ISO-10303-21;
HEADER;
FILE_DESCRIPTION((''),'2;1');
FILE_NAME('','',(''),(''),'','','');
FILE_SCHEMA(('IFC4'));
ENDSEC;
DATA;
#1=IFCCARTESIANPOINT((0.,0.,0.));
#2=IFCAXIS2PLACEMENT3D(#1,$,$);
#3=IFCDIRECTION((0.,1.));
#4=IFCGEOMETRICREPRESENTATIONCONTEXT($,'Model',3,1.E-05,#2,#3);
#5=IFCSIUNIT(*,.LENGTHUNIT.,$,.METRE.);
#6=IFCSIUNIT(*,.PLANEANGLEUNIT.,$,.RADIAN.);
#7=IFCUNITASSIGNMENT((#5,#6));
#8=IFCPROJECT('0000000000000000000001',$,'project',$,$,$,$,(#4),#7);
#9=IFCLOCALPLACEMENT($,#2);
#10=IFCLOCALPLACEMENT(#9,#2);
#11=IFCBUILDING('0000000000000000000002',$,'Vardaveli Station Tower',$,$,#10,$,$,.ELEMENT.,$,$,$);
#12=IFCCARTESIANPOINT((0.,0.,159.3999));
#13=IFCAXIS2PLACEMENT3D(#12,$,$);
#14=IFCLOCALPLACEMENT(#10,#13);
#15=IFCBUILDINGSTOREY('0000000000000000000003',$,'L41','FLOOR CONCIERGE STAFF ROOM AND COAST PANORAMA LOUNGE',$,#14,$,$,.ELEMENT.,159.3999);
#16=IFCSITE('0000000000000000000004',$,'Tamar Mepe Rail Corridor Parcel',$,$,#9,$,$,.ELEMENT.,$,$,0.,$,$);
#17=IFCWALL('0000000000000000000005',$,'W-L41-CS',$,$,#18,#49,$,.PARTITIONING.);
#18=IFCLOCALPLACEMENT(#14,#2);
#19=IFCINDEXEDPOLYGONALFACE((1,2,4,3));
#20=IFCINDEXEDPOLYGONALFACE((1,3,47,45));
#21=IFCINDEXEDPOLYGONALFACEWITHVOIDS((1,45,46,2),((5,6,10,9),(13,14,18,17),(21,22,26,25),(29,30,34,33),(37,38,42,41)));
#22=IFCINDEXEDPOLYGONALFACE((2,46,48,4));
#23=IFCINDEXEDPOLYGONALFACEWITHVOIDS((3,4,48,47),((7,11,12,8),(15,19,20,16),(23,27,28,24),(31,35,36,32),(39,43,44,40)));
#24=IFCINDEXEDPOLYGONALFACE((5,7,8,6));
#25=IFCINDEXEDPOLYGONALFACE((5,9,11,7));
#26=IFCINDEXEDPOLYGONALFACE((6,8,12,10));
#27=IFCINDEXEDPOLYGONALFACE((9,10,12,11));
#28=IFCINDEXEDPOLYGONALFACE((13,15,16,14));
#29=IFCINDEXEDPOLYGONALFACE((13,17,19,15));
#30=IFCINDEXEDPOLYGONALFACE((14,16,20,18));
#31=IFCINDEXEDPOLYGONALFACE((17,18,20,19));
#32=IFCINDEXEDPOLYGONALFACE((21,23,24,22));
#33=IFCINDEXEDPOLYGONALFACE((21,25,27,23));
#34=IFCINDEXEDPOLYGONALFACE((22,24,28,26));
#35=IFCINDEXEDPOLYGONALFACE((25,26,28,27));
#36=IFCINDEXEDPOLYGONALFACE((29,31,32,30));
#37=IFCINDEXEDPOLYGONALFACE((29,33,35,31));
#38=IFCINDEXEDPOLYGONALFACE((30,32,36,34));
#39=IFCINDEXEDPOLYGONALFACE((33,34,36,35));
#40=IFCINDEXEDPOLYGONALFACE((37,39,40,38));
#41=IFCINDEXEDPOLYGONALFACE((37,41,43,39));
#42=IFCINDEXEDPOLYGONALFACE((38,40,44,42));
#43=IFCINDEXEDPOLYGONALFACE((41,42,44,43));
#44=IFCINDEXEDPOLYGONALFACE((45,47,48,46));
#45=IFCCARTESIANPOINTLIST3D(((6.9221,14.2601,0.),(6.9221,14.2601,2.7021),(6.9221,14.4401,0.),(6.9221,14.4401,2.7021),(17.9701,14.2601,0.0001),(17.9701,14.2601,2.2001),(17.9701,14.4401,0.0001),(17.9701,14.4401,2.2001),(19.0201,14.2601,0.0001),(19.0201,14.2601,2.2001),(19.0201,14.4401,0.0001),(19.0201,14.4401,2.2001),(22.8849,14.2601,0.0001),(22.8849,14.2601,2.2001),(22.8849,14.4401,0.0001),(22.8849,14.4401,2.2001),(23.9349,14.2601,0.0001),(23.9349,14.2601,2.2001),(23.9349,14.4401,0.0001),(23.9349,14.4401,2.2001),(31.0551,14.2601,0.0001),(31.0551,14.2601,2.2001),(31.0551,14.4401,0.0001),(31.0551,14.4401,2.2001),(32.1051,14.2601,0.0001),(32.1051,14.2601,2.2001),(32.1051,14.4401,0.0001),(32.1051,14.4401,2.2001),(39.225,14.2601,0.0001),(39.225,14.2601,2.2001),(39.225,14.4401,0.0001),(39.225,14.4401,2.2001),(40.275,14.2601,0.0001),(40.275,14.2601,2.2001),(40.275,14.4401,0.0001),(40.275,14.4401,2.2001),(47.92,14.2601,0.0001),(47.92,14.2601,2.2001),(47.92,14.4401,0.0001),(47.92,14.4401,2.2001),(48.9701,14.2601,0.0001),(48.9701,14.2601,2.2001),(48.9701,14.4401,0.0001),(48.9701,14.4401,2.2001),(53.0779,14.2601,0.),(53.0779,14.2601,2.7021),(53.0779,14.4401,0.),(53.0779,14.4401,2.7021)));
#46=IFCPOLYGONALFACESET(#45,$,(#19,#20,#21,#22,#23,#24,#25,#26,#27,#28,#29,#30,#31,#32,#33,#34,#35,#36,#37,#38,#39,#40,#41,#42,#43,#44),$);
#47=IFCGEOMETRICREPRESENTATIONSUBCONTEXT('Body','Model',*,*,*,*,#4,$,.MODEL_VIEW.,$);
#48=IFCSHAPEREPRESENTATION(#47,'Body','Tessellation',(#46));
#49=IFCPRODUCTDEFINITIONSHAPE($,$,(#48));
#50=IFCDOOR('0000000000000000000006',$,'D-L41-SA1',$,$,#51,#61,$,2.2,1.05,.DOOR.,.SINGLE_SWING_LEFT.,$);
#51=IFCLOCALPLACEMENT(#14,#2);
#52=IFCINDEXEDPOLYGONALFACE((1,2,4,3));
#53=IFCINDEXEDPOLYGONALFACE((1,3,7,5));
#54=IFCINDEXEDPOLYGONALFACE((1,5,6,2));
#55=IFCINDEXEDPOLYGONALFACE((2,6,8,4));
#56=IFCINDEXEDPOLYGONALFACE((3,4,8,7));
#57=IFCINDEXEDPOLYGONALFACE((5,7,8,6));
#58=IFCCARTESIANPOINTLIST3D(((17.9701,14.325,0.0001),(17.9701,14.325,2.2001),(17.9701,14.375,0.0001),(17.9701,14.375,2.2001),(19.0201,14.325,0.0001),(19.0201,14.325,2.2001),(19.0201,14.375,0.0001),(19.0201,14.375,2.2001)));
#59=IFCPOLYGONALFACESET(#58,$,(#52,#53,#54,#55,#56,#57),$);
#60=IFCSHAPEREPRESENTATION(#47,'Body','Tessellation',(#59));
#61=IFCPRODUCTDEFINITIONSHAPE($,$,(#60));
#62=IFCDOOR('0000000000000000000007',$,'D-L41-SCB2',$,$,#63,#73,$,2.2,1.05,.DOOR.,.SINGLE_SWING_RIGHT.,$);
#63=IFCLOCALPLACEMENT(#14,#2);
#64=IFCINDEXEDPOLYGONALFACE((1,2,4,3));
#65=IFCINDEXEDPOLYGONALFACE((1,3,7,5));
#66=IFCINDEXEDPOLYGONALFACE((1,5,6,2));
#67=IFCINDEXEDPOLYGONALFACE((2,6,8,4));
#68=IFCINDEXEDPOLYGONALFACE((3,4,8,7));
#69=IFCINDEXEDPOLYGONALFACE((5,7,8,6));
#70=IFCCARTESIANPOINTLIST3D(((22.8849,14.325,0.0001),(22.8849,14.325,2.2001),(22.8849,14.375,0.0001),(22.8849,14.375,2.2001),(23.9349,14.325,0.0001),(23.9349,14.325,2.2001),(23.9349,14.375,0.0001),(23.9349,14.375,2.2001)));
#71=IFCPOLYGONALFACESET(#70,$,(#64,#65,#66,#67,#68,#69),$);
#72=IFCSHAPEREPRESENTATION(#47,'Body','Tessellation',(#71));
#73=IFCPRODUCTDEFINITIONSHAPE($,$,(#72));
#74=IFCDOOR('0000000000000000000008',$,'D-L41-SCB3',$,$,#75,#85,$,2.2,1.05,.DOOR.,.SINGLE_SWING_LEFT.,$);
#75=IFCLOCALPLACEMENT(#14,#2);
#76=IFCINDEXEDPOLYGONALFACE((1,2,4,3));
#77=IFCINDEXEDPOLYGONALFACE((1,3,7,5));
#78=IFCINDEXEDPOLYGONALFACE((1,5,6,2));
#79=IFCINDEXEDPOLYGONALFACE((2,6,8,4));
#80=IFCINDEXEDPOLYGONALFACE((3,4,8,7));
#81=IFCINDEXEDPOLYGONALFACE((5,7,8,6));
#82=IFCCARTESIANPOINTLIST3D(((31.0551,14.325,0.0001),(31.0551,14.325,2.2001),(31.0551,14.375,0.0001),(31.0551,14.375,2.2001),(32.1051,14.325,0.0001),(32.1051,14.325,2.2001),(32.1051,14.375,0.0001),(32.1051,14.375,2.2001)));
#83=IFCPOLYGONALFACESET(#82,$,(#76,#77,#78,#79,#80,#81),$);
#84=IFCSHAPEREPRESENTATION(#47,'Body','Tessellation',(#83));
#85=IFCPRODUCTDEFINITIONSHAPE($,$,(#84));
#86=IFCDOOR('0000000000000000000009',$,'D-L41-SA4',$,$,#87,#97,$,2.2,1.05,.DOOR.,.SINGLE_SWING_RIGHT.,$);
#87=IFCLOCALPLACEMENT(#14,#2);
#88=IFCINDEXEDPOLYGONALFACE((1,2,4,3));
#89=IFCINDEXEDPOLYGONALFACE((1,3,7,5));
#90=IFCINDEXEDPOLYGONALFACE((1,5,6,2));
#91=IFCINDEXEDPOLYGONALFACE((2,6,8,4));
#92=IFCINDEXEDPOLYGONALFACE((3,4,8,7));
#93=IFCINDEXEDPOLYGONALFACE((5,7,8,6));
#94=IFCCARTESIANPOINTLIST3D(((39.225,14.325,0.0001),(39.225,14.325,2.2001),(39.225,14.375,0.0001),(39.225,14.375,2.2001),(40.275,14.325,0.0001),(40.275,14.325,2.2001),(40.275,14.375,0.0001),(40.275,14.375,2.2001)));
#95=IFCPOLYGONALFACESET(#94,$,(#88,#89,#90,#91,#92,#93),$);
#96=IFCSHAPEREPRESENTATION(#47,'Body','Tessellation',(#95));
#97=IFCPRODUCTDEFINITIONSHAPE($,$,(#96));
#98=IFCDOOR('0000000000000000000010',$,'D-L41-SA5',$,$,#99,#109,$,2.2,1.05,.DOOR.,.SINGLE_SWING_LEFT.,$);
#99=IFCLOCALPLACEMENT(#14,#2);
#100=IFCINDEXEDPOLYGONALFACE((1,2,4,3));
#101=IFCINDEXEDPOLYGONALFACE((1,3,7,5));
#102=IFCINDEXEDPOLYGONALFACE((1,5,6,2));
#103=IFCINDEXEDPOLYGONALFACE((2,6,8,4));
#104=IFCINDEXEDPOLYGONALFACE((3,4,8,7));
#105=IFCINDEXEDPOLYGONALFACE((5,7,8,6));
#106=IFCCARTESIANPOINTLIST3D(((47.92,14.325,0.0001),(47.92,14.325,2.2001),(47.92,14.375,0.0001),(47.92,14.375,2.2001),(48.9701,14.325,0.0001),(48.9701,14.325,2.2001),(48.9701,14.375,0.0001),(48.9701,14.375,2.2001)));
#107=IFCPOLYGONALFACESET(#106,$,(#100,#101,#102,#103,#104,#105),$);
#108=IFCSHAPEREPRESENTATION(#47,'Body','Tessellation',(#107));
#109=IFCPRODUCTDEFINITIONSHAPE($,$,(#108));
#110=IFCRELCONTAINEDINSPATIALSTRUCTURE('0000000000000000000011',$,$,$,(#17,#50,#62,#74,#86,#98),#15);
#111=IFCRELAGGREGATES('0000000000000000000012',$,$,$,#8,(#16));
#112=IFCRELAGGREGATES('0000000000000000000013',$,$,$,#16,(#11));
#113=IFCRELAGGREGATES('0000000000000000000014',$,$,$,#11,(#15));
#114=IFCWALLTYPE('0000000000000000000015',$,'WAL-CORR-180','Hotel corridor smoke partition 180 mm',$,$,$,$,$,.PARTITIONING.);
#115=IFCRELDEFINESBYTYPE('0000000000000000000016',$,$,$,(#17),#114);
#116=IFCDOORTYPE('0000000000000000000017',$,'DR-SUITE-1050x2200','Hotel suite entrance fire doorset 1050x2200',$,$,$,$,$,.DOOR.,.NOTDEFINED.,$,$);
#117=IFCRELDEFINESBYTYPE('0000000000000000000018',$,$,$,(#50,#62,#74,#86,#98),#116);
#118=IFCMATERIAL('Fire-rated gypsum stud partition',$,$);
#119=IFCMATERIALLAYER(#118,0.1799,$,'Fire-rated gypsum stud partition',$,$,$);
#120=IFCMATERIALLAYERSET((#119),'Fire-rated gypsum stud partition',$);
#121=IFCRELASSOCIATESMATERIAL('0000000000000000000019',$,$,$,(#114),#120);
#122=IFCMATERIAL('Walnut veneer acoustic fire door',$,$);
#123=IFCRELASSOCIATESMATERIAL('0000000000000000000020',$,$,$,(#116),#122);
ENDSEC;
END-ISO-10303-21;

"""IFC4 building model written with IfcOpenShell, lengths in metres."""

from ifc_helpers import new_model, si_unit, direction, frame, frame_2d, origin, place, context, subcontext, project, spatial, rectangle, extrude, source, transform, mapped, material, layer, layer_set, type_object, element, fill, save


model = new_model("IFC4")

# Units and contexts
model_context = context("Model", 3, precision=1e-05, world=origin(), true_north=direction((0.0, 1.0)))
body_context = subcontext(model_context, "Body", "Model", "MODEL_VIEW")
ifc_project = project(units=[si_unit("LENGTHUNIT", "METRE"), si_unit("PLANEANGLEUNIT", "RADIAN")], contexts=[model_context])

# Site, building, storey
site_placement = place(None, origin())
site = spatial("IfcSite", under=ifc_project, at=site_placement, Name="Tamar Mepe Rail Corridor Parcel", CompositionType="ELEMENT", RefElevation=0.0)
building_placement = place(site_placement, origin())
building = spatial("IfcBuilding", under=site, at=building_placement, Name="Vardaveli Station Tower", CompositionType="ELEMENT")
storey_placement = place(building_placement, frame((0.0, 0.0, 159.3999)))
storey = spatial("IfcBuildingStorey", under=building, at=storey_placement, Name="L41", Description="FLOOR CONCIERGE STAFF ROOM AND COAST PANORAMA LOUNGE", CompositionType="ELEMENT", Elevation=159.3999)

# Wall, openings, doors
ifc_material_1 = material(Name="Fire-rated gypsum stud partition")
ifc_layer_1 = layer(ifc_material_1, 0.1799, Name="Fire-rated gypsum stud partition")
ifc_layer_set_1 = layer_set([ifc_layer_1], Name="Fire-rated gypsum stud partition")
wall_type_1 = type_object("IfcWallType", Name="WAL-CORR-180", Description="Hotel corridor smoke partition 180 mm", PredefinedType="PARTITIONING", material=ifc_layer_set_1)
shared_shape_1 = source(origin(), body_context, "Body", "SweptSolid", [
    extrude(rectangle(XDim=46.1558, YDim=0.1799, at=frame_2d((23.0779, 0.0))), origin(), (0.0, 0.0, 1.0), 2.7021),
])
wall_1_placement = place(storey_placement, frame((6.9221, 14.3501, 0.0), z_axis=(0.0, 0.0, 1.0), x_axis=(1.0, 0.0, 0.0)))
wall_1 = element("IfcWall", 1, at=wall_1_placement, inside=storey, type_object=wall_type_1, Name="W-L41-CS", PredefinedType="PARTITIONING", context=body_context, shape_type="MappedRepresentation", body=[
    mapped(shared_shape_1, transform((0.0, 0.0, 0.0), scale=1.0)),
])
shared_shape_2 = source(origin(), body_context, "Body", "SweptSolid", [
    extrude(rectangle(XDim=1.05, YDim=2.2, at=frame_2d((0.5249, 1.1001))), frame((0.0, 0.1001, 0.0), z_axis=(0.0, -1.0, 0.0), x_axis=(1.0, 0.0, 0.0)), (0.0, 0.0, 1.0), 0.2),
])
opening_1_placement = place(wall_1_placement, frame((11.0481, 0.0, 0.0)))
opening_1 = element("IfcOpeningElement", 2, at=opening_1_placement, cuts=wall_1, PredefinedType="OPENING", context=body_context, shape_type="MappedRepresentation", body=[
    mapped(shared_shape_2, transform((0.0, 0.0, 0.0), scale=1.0)),
])
opening_2_placement = place(wall_1_placement, frame((15.9629, 0.0, 0.0)))
opening_2 = element("IfcOpeningElement", 3, at=opening_2_placement, cuts=wall_1, PredefinedType="OPENING", context=body_context, shape_type="MappedRepresentation", body=[
    mapped(shared_shape_2, transform((0.0, 0.0, 0.0), scale=1.0)),
])
opening_3_placement = place(wall_1_placement, frame((24.1331, 0.0, 0.0)))
opening_3 = element("IfcOpeningElement", 4, at=opening_3_placement, cuts=wall_1, PredefinedType="OPENING", context=body_context, shape_type="MappedRepresentation", body=[
    mapped(shared_shape_2, transform((0.0, 0.0, 0.0), scale=1.0)),
])
opening_4_placement = place(wall_1_placement, frame((32.303, 0.0, 0.0)))
opening_4 = element("IfcOpeningElement", 5, at=opening_4_placement, cuts=wall_1, PredefinedType="OPENING", context=body_context, shape_type="MappedRepresentation", body=[
    mapped(shared_shape_2, transform((0.0, 0.0, 0.0), scale=1.0)),
])
opening_5_placement = place(wall_1_placement, frame((40.998, 0.0, 0.0)))
opening_5 = element("IfcOpeningElement", 6, at=opening_5_placement, cuts=wall_1, PredefinedType="OPENING", context=body_context, shape_type="MappedRepresentation", body=[
    mapped(shared_shape_2, transform((0.0, 0.0, 0.0), scale=1.0)),
])
ifc_material_2 = material(Name="Walnut veneer acoustic fire door")
door_type_1 = type_object("IfcDoorType", Name="DR-SUITE-1050x2200", Description="Hotel suite entrance fire doorset 1050x2200", OperationType="NOTDEFINED", PredefinedType="DOOR", material=ifc_material_2)
shared_shape_3 = source(origin(), body_context, "Body", "SweptSolid", [
    extrude(rectangle(XDim=1.05, YDim=2.2, at=frame_2d((0.5249, 1.1001))), frame((0.0, 0.0249, 0.0), z_axis=(0.0, -1.0, 0.0), x_axis=(1.0, 0.0, 0.0)), (0.0, 0.0, 1.0), 0.05),
])
door_1_placement = place(opening_1_placement, origin())
door_1 = element("IfcDoor", 7, at=door_1_placement, inside=storey, type_object=door_type_1, Name="D-L41-SA1", OperationType="SINGLE_SWING_LEFT", OverallHeight=2.2, OverallWidth=1.05, PredefinedType="DOOR", context=body_context, shape_type="MappedRepresentation", body=[
    mapped(shared_shape_3, transform((0.0, 0.0, 0.0), scale=1.0)),
])
fill(opening_1, door_1)
door_2_placement = place(opening_2_placement, origin())
door_2 = element("IfcDoor", 8, at=door_2_placement, inside=storey, type_object=door_type_1, Name="D-L41-SCB2", OperationType="SINGLE_SWING_RIGHT", OverallHeight=2.2, OverallWidth=1.05, PredefinedType="DOOR", context=body_context, shape_type="MappedRepresentation", body=[
    mapped(shared_shape_3, transform((0.0, 0.0, 0.0), scale=1.0)),
])
fill(opening_2, door_2)
door_3_placement = place(opening_3_placement, origin())
door_3 = element("IfcDoor", 9, at=door_3_placement, inside=storey, type_object=door_type_1, Name="D-L41-SCB3", OperationType="SINGLE_SWING_LEFT", OverallHeight=2.2, OverallWidth=1.05, PredefinedType="DOOR", context=body_context, shape_type="MappedRepresentation", body=[
    mapped(shared_shape_3, transform((0.0, 0.0, 0.0), scale=1.0)),
])
fill(opening_3, door_3)
door_4_placement = place(opening_4_placement, origin())
door_4 = element("IfcDoor", 10, at=door_4_placement, inside=storey, type_object=door_type_1, Name="D-L41-SA4", OperationType="SINGLE_SWING_RIGHT", OverallHeight=2.2, OverallWidth=1.05, PredefinedType="DOOR", context=body_context, shape_type="MappedRepresentation", body=[
    mapped(shared_shape_3, transform((0.0, 0.0, 0.0), scale=1.0)),
])
fill(opening_4, door_4)
door_5_placement = place(opening_5_placement, origin())
door_5 = element("IfcDoor", 11, at=door_5_placement, inside=storey, type_object=door_type_1, Name="D-L41-SA5", OperationType="SINGLE_SWING_LEFT", OverallHeight=2.2, OverallWidth=1.05, PredefinedType="DOOR", context=body_context, shape_type="MappedRepresentation", body=[
    mapped(shared_shape_3, transform((0.0, 0.0, 0.0), scale=1.0)),
])
fill(opening_5, door_5)

save(model, "model.ifc")
